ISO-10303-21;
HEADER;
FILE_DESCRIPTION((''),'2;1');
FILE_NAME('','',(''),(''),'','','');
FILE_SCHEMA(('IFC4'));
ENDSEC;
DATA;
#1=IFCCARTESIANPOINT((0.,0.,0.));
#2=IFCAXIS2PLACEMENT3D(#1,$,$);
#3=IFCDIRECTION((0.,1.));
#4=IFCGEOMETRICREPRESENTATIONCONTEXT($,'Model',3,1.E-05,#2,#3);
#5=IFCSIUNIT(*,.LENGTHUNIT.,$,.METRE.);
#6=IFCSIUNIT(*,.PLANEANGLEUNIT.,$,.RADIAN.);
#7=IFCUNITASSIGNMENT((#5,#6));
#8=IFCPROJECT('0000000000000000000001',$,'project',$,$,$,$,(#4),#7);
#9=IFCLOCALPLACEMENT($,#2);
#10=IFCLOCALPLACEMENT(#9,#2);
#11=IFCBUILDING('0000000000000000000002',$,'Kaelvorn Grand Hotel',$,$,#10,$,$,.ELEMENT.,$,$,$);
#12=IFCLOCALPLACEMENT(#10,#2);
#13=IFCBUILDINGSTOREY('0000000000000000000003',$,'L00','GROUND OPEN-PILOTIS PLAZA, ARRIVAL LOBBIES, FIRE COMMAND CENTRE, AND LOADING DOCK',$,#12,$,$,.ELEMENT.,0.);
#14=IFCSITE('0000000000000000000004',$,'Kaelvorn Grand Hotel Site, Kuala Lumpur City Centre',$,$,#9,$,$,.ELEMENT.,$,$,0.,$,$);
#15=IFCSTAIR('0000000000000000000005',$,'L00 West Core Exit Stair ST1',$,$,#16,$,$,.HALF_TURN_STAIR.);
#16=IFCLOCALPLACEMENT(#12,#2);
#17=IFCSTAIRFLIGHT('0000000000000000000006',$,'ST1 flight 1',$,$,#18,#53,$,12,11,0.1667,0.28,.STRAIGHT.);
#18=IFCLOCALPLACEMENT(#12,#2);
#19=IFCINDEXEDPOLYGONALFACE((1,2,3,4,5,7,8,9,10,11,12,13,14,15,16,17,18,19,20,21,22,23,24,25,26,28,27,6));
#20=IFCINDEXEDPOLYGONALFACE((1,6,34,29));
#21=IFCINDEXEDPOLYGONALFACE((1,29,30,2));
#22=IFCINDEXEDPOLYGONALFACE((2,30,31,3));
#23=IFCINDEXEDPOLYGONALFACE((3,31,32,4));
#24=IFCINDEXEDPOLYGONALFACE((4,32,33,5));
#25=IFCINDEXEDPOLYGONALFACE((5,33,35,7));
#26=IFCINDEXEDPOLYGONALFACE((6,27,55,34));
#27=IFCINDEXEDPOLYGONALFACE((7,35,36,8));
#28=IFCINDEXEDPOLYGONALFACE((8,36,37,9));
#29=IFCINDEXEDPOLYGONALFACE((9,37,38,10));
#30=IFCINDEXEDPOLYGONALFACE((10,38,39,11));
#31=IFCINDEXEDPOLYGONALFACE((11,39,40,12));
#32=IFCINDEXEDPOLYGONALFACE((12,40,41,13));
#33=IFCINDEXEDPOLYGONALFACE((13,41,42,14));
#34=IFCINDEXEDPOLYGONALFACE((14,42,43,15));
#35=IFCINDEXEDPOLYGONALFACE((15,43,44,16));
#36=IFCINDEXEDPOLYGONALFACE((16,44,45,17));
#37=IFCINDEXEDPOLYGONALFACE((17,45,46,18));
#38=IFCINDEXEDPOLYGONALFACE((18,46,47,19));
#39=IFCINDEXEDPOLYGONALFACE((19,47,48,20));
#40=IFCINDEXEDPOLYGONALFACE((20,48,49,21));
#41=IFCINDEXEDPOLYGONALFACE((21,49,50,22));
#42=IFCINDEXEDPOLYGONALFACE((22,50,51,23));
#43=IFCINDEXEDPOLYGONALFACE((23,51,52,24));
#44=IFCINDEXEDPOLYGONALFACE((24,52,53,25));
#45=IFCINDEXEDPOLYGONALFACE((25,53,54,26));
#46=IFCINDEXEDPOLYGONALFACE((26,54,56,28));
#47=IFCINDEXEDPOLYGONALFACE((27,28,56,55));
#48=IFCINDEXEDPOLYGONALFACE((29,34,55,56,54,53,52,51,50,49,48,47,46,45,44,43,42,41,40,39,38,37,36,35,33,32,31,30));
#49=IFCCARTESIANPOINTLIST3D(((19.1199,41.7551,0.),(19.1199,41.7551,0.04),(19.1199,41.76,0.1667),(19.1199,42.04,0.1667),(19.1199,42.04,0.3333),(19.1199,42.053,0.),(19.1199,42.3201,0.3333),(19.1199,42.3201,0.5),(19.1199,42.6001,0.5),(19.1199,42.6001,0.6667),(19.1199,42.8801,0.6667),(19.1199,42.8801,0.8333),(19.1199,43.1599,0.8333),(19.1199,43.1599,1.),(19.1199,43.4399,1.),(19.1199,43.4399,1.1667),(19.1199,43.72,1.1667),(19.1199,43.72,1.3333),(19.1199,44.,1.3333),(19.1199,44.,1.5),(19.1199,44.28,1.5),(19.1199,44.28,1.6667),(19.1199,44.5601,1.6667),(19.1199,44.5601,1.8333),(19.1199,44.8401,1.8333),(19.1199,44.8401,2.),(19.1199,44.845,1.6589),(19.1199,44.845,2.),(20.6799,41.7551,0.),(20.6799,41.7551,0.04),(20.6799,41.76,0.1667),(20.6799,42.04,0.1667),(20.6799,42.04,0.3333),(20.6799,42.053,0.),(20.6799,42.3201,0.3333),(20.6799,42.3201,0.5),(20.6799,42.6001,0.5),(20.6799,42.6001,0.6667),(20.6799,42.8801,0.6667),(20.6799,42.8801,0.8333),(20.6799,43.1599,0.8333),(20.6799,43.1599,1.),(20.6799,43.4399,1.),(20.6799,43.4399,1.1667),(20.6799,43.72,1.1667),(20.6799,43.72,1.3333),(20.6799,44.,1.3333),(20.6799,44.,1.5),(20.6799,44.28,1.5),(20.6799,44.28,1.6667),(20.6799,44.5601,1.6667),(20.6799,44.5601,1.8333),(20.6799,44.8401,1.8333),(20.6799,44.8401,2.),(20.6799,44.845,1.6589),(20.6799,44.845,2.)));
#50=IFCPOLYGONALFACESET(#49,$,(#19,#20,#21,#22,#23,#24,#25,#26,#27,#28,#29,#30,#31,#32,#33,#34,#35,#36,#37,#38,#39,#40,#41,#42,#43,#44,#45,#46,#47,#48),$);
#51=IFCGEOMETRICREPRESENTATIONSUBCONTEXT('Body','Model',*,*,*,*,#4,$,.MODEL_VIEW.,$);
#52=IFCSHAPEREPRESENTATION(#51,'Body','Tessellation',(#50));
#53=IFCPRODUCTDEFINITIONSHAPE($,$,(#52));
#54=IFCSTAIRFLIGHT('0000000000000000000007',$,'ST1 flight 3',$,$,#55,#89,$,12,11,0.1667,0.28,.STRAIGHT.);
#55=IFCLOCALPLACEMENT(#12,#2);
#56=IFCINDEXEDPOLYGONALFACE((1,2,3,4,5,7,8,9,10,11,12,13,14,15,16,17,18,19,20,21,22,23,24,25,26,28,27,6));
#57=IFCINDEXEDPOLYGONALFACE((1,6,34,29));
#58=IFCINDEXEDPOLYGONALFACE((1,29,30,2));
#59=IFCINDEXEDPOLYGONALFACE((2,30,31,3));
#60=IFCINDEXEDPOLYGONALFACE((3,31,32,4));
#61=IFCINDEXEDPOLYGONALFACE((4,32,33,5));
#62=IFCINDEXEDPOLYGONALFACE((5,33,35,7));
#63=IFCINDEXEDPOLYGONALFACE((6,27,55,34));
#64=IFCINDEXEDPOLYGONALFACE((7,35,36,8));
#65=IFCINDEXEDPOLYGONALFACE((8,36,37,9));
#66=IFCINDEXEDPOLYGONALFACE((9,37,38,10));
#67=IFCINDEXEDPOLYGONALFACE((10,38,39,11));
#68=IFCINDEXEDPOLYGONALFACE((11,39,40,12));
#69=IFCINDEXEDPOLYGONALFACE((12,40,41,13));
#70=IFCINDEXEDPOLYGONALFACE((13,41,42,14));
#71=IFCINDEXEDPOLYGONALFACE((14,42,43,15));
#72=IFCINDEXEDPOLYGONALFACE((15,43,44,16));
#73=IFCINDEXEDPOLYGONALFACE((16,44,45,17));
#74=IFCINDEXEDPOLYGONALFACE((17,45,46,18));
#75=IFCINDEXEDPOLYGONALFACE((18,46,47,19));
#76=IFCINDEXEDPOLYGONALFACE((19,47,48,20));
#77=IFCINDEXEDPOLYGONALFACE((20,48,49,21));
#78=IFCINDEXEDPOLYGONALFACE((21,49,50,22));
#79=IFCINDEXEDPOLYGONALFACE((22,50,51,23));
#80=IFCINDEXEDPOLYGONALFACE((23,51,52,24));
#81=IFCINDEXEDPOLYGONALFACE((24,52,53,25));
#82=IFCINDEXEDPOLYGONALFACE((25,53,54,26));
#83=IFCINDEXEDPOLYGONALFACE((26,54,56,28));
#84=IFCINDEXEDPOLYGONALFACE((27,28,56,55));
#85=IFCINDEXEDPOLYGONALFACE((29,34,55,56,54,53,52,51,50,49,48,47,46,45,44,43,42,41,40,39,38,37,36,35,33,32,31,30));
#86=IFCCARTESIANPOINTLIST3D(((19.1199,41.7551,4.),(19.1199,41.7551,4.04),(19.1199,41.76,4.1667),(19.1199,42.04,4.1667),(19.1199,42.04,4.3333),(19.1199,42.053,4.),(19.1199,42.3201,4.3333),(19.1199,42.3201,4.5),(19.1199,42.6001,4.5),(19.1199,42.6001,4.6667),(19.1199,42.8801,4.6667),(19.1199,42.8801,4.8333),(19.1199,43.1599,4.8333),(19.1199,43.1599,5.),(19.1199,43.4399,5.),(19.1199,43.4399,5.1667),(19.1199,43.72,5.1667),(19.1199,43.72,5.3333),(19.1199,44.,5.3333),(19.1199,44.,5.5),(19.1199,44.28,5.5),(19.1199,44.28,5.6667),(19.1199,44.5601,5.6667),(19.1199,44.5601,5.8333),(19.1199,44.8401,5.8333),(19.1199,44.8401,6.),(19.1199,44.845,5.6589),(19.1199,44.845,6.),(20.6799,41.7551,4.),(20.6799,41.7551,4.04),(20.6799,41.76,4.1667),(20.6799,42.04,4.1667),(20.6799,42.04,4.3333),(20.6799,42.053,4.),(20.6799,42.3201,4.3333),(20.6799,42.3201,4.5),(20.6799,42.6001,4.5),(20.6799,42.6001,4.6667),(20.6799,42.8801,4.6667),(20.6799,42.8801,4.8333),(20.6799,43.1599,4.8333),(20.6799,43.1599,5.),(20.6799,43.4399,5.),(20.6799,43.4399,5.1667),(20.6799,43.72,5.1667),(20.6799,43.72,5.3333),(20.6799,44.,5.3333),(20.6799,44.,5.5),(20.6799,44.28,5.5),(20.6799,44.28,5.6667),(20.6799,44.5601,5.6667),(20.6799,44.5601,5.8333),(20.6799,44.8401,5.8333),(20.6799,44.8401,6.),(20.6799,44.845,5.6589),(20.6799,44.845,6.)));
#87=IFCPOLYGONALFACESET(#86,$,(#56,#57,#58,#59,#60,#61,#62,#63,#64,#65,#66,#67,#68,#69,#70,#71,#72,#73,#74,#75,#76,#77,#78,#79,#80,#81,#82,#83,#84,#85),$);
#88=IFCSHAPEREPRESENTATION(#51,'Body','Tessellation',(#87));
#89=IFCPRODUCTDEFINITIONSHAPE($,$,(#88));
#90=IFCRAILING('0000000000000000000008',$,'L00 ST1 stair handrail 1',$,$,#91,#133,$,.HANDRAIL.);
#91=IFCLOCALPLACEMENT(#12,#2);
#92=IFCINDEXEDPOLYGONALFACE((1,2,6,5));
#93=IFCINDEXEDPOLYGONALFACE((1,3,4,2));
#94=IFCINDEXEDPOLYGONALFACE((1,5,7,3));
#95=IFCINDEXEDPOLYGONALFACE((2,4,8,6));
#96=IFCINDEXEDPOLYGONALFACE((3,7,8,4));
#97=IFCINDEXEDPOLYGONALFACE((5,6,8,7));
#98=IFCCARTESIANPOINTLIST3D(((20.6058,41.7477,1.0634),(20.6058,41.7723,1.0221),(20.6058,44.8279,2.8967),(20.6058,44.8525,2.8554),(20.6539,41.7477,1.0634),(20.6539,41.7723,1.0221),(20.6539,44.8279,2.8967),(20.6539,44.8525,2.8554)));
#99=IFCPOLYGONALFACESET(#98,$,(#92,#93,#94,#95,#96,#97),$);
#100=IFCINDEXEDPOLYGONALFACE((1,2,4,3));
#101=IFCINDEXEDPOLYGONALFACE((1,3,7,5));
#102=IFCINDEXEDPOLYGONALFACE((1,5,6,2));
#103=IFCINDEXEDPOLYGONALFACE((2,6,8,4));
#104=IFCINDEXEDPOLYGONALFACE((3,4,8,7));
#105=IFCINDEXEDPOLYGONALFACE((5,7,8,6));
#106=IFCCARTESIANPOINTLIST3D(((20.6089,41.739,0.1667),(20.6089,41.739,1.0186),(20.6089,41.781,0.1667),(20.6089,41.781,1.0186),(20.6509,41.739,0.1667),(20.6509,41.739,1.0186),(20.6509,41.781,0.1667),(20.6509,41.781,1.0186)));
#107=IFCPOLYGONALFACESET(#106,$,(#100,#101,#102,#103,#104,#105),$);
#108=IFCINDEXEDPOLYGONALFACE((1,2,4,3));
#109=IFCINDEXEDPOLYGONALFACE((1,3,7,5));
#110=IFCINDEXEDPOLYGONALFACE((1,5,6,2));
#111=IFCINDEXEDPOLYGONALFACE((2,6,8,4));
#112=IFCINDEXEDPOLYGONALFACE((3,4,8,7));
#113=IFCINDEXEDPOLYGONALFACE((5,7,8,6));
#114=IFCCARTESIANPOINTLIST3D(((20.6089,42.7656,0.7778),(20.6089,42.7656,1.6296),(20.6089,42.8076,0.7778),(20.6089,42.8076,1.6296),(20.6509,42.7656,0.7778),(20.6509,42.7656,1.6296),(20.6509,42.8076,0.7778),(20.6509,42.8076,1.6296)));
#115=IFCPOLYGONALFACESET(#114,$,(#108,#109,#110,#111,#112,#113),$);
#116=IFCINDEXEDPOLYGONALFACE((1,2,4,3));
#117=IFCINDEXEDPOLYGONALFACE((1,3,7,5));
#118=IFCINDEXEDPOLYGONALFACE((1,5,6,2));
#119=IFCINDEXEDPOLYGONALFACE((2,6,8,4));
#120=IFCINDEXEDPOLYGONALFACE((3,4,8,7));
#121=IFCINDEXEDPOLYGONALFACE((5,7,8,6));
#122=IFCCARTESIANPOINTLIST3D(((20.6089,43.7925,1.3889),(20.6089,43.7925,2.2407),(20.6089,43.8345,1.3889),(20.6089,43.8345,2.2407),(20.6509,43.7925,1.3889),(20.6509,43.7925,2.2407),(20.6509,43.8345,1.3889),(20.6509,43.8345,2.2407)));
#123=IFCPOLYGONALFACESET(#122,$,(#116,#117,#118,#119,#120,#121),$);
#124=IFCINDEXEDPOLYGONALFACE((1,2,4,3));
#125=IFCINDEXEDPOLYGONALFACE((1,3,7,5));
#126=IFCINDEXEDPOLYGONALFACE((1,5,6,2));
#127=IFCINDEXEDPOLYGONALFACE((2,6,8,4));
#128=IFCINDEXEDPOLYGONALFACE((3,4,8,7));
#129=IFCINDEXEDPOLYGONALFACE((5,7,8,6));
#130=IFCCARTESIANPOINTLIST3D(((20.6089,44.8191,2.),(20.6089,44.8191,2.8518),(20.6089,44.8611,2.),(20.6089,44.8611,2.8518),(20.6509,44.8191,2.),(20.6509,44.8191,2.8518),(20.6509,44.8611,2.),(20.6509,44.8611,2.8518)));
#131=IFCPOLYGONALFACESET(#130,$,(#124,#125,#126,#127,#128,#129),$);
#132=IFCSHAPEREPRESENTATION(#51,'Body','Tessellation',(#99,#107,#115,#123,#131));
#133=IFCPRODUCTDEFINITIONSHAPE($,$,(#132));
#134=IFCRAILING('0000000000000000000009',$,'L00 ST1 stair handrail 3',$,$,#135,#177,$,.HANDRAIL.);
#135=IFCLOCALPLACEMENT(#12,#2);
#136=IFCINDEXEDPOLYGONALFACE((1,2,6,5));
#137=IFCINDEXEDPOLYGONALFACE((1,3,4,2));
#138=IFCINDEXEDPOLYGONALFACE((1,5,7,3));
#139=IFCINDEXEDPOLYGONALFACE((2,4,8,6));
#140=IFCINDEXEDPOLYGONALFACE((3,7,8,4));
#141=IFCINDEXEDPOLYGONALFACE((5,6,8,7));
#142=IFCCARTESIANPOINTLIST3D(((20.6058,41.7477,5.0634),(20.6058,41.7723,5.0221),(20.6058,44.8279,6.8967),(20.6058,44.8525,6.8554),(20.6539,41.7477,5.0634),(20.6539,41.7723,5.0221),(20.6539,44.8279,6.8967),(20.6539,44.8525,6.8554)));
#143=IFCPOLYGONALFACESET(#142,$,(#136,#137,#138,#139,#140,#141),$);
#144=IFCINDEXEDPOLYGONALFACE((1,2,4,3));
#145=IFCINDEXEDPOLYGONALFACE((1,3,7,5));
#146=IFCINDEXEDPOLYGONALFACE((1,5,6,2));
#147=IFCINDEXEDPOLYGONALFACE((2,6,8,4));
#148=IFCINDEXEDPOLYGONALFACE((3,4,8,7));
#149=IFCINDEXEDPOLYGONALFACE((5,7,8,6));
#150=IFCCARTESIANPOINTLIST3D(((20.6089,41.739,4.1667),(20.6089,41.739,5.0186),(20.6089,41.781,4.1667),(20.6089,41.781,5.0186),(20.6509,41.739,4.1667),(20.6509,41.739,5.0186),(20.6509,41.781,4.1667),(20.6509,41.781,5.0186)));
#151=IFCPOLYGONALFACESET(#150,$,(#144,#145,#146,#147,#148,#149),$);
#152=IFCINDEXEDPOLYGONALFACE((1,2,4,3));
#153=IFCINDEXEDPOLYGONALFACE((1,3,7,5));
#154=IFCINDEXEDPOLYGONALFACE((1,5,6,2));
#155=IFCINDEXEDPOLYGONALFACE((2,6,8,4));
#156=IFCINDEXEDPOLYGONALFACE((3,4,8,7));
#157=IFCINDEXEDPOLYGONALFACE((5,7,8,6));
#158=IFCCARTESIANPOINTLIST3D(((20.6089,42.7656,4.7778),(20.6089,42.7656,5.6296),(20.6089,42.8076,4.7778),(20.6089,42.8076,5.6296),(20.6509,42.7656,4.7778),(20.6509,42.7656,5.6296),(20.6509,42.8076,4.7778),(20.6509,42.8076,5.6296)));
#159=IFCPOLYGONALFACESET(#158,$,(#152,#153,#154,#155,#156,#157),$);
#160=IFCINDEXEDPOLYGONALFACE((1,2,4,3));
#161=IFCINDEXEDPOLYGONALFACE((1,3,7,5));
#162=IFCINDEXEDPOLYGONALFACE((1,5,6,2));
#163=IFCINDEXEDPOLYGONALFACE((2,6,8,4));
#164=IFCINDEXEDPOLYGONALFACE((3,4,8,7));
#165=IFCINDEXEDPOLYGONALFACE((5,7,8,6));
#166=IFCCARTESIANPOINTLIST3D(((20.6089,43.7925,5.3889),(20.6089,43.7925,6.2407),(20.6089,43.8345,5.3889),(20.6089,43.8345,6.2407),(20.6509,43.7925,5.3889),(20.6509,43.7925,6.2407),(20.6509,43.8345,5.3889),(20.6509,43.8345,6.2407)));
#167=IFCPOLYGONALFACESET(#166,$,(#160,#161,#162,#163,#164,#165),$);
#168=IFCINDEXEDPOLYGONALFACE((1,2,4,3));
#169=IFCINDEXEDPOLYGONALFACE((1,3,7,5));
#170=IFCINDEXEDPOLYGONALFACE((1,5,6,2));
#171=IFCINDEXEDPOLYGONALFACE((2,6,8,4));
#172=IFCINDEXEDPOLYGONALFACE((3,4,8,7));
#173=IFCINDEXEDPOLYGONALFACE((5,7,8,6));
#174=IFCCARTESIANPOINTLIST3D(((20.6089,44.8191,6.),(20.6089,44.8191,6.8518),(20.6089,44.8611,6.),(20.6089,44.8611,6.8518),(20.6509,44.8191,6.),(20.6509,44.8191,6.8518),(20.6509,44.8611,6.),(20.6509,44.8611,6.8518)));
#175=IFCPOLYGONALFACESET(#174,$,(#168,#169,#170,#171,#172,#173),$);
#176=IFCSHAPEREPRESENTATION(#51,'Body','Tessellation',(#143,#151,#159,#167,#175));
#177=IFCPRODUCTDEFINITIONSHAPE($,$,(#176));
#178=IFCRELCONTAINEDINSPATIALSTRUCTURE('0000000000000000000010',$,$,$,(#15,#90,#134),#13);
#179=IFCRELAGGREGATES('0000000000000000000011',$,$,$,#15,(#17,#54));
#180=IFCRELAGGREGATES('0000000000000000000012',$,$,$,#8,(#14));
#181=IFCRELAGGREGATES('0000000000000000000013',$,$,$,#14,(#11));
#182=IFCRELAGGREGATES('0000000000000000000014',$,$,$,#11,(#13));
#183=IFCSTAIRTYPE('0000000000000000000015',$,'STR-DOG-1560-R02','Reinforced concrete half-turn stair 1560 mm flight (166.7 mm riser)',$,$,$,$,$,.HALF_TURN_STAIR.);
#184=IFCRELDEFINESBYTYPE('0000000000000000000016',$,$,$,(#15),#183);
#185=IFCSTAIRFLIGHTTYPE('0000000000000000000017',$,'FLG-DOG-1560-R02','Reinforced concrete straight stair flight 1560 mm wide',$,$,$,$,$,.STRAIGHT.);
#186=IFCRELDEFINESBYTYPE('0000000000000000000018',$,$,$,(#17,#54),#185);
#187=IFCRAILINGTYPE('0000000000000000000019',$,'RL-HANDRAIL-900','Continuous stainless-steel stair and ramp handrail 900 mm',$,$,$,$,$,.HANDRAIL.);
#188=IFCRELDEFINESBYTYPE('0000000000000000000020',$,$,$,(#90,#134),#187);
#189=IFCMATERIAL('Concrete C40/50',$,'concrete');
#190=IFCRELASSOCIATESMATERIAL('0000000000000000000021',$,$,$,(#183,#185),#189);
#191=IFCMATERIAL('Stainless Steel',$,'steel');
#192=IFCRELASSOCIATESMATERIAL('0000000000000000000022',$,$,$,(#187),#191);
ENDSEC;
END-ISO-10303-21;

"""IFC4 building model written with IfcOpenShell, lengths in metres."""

from ifc_helpers import new_model, si_unit, direction, frame, origin, origin_2d, place, context, subcontext, project, spatial, polyline, rectangle, outline, extrude, material, type_object, element, aggregate, save


model = new_model("IFC4")

# Units and contexts
model_context = context("Model", 3, precision=1e-05, world=origin(), true_north=direction((0.0, 1.0)))
body_context = subcontext(model_context, "Body", "Model", "MODEL_VIEW")
ifc_project = project(units=[si_unit("LENGTHUNIT", "METRE"), si_unit("PLANEANGLEUNIT", "RADIAN")], contexts=[model_context])

# Site, building, storey
site_placement = place(None, origin())
site = spatial("IfcSite", under=ifc_project, at=site_placement, Name="Kaelvorn Grand Hotel Site, Kuala Lumpur City Centre", CompositionType="ELEMENT", RefElevation=0.0)
building_placement = place(site_placement, origin())
building = spatial("IfcBuilding", under=site, at=building_placement, Name="Kaelvorn Grand Hotel", CompositionType="ELEMENT")
storey_placement = place(building_placement, origin())
storey = spatial("IfcBuildingStorey", under=building, at=storey_placement, Name="L00", Description="GROUND OPEN-PILOTIS PLAZA, ARRIVAL LOBBIES, FIRE COMMAND CENTRE, AND LOADING DOCK", CompositionType="ELEMENT", Elevation=0.0)

# Shared definitions
ifc_material_1 = material(Name="Concrete C40/50", Category="concrete")

# Shared definitions
ifc_material_2 = material(Name="Stainless Steel", Category="steel")

# Stair, stair flights
stair_type = type_object("IfcStairType", Name="STR-DOG-1560-R02", Description="Reinforced concrete half-turn stair 1560 mm flight (166.7 mm riser)", PredefinedType="HALF_TURN_STAIR", material=ifc_material_1)
stair_placement = place(storey_placement, origin())
stair = element("IfcStair", 1, at=stair_placement, inside=storey, type_object=stair_type, Name="L00 West Core Exit Stair ST1", PredefinedType="HALF_TURN_STAIR")
stair_flight_type = type_object("IfcStairFlightType", Name="FLG-DOG-1560-R02", Description="Reinforced concrete straight stair flight 1560 mm wide", PredefinedType="STRAIGHT", material=ifc_material_1)
stair_flight_1_placement = place(storey_placement, frame((19.8999, 41.76, 0.0), z_axis=(0.0, 0.0, 1.0), x_axis=(0.0, 1.0, 0.0)))
stair_flight_1 = element("IfcStairFlight", 2, at=stair_flight_1_placement, type_object=stair_flight_type, Name="ST1 flight 1", NumberOfRisers=12, NumberOfTreads=11, PredefinedType="STRAIGHT", RiserHeight=0.1667, TreadLength=0.28, context=body_context, shape_type="SweptSolid", body=[
    extrude(outline(polyline([(-0.0049, 0.0), (-0.0049, 0.04), (0.0, 0.1667), (0.28, 0.1667), (0.28, 0.3333), (0.5601, 0.3333), (0.5601, 0.5), (0.8401, 0.5), (0.8401, 0.6667), (1.1201, 0.6667), (1.1201, 0.8333), (1.3999, 0.8333), (1.3999, 1.0), (1.6799, 1.0), (1.6799, 1.1667), (1.96, 1.1667), (1.96, 1.3333), (2.24, 1.3333), (2.24, 1.5), (2.52, 1.5), (2.52, 1.6667), (2.8, 1.6667), (2.8, 1.8333), (3.0801, 1.8333), (3.0801, 2.0), (3.085, 2.0), (3.085, 1.6589), (0.293, 0.0), (-0.0049, 0.0)])), frame((0.0, 0.78, 0.0), z_axis=(0.0, -1.0, 0.0), x_axis=(1.0, 0.0, 0.0)), (0.0, 0.0, 1.0), 1.5601),
])
stair_flight_2_placement = place(storey_placement, frame((19.8999, 41.76, 4.0), z_axis=(0.0, 0.0, 1.0), x_axis=(0.0, 1.0, 0.0)))
stair_flight_2 = element("IfcStairFlight", 3, at=stair_flight_2_placement, type_object=stair_flight_type, Name="ST1 flight 3", NumberOfRisers=12, NumberOfTreads=11, PredefinedType="STRAIGHT", RiserHeight=0.1667, TreadLength=0.28, context=body_context, shape_type="SweptSolid", body=[
    extrude(outline(polyline([(-0.0049, 0.0), (-0.0049, 0.04), (0.0, 0.1667), (0.28, 0.1667), (0.28, 0.3333), (0.5601, 0.3333), (0.5601, 0.5), (0.8401, 0.5), (0.8401, 0.6667), (1.1201, 0.6667), (1.1201, 0.8333), (1.3999, 0.8333), (1.3999, 1.0), (1.6799, 1.0), (1.6799, 1.1667), (1.96, 1.1667), (1.96, 1.3333), (2.24, 1.3333), (2.24, 1.5), (2.52, 1.5), (2.52, 1.6667), (2.8, 1.6667), (2.8, 1.8333), (3.0801, 1.8333), (3.0801, 2.0), (3.085, 2.0), (3.085, 1.6589), (0.293, 0.0), (-0.0049, 0.0)])), frame((0.0, 0.78, 0.0), z_axis=(0.0, -1.0, 0.0), x_axis=(1.0, 0.0, 0.0)), (0.0, 0.0, 1.0), 1.5601),
])
aggregate(stair, [stair_flight_1, stair_flight_2])

# Railings
railing_type_1 = type_object("IfcRailingType", Name="RL-HANDRAIL-900", Description="Continuous stainless-steel stair and ramp handrail 900 mm", PredefinedType="HANDRAIL", material=ifc_material_2)
for number, where, name in (
    (4, (20.6299, 41.76, 0.1667), "L00 ST1 stair handrail 1"),
    (5, (20.6299, 41.76, 4.1667), "L00 ST1 stair handrail 3"),
):
    element("IfcRailing", number, at=place(storey_placement, frame(where)), inside=storey, type_object=railing_type_1, Name=name, PredefinedType="HANDRAIL", context=body_context, shape_type="SweptSolid", body=[
        extrude(rectangle(XDim=0.0481, YDim=0.0481, at=origin_2d()), frame((0.0, 0.0, 0.876), z_axis=(0.0, 0.859309, 0.511458), x_axis=(-1.0, 0.0, 0.0)), (0.0, 0.0, 1.0), 3.5845),
        extrude(rectangle(XDim=0.042, YDim=0.042, at=origin_2d()), origin(), (0.0, 0.0, 1.0), 0.8518),
        extrude(rectangle(XDim=0.042, YDim=0.042, at=origin_2d()), frame((0.0, 1.0266, 0.6111)), (0.0, 0.0, 1.0), 0.8518),
        extrude(rectangle(XDim=0.042, YDim=0.042, at=origin_2d()), frame((0.0, 2.0535, 1.2222)), (0.0, 0.0, 1.0), 0.8518),
        extrude(rectangle(XDim=0.042, YDim=0.042, at=origin_2d()), frame((0.0, 3.0801, 1.8333)), (0.0, 0.0, 1.0), 0.8518),
    ])

save(model, "model.ifc")
